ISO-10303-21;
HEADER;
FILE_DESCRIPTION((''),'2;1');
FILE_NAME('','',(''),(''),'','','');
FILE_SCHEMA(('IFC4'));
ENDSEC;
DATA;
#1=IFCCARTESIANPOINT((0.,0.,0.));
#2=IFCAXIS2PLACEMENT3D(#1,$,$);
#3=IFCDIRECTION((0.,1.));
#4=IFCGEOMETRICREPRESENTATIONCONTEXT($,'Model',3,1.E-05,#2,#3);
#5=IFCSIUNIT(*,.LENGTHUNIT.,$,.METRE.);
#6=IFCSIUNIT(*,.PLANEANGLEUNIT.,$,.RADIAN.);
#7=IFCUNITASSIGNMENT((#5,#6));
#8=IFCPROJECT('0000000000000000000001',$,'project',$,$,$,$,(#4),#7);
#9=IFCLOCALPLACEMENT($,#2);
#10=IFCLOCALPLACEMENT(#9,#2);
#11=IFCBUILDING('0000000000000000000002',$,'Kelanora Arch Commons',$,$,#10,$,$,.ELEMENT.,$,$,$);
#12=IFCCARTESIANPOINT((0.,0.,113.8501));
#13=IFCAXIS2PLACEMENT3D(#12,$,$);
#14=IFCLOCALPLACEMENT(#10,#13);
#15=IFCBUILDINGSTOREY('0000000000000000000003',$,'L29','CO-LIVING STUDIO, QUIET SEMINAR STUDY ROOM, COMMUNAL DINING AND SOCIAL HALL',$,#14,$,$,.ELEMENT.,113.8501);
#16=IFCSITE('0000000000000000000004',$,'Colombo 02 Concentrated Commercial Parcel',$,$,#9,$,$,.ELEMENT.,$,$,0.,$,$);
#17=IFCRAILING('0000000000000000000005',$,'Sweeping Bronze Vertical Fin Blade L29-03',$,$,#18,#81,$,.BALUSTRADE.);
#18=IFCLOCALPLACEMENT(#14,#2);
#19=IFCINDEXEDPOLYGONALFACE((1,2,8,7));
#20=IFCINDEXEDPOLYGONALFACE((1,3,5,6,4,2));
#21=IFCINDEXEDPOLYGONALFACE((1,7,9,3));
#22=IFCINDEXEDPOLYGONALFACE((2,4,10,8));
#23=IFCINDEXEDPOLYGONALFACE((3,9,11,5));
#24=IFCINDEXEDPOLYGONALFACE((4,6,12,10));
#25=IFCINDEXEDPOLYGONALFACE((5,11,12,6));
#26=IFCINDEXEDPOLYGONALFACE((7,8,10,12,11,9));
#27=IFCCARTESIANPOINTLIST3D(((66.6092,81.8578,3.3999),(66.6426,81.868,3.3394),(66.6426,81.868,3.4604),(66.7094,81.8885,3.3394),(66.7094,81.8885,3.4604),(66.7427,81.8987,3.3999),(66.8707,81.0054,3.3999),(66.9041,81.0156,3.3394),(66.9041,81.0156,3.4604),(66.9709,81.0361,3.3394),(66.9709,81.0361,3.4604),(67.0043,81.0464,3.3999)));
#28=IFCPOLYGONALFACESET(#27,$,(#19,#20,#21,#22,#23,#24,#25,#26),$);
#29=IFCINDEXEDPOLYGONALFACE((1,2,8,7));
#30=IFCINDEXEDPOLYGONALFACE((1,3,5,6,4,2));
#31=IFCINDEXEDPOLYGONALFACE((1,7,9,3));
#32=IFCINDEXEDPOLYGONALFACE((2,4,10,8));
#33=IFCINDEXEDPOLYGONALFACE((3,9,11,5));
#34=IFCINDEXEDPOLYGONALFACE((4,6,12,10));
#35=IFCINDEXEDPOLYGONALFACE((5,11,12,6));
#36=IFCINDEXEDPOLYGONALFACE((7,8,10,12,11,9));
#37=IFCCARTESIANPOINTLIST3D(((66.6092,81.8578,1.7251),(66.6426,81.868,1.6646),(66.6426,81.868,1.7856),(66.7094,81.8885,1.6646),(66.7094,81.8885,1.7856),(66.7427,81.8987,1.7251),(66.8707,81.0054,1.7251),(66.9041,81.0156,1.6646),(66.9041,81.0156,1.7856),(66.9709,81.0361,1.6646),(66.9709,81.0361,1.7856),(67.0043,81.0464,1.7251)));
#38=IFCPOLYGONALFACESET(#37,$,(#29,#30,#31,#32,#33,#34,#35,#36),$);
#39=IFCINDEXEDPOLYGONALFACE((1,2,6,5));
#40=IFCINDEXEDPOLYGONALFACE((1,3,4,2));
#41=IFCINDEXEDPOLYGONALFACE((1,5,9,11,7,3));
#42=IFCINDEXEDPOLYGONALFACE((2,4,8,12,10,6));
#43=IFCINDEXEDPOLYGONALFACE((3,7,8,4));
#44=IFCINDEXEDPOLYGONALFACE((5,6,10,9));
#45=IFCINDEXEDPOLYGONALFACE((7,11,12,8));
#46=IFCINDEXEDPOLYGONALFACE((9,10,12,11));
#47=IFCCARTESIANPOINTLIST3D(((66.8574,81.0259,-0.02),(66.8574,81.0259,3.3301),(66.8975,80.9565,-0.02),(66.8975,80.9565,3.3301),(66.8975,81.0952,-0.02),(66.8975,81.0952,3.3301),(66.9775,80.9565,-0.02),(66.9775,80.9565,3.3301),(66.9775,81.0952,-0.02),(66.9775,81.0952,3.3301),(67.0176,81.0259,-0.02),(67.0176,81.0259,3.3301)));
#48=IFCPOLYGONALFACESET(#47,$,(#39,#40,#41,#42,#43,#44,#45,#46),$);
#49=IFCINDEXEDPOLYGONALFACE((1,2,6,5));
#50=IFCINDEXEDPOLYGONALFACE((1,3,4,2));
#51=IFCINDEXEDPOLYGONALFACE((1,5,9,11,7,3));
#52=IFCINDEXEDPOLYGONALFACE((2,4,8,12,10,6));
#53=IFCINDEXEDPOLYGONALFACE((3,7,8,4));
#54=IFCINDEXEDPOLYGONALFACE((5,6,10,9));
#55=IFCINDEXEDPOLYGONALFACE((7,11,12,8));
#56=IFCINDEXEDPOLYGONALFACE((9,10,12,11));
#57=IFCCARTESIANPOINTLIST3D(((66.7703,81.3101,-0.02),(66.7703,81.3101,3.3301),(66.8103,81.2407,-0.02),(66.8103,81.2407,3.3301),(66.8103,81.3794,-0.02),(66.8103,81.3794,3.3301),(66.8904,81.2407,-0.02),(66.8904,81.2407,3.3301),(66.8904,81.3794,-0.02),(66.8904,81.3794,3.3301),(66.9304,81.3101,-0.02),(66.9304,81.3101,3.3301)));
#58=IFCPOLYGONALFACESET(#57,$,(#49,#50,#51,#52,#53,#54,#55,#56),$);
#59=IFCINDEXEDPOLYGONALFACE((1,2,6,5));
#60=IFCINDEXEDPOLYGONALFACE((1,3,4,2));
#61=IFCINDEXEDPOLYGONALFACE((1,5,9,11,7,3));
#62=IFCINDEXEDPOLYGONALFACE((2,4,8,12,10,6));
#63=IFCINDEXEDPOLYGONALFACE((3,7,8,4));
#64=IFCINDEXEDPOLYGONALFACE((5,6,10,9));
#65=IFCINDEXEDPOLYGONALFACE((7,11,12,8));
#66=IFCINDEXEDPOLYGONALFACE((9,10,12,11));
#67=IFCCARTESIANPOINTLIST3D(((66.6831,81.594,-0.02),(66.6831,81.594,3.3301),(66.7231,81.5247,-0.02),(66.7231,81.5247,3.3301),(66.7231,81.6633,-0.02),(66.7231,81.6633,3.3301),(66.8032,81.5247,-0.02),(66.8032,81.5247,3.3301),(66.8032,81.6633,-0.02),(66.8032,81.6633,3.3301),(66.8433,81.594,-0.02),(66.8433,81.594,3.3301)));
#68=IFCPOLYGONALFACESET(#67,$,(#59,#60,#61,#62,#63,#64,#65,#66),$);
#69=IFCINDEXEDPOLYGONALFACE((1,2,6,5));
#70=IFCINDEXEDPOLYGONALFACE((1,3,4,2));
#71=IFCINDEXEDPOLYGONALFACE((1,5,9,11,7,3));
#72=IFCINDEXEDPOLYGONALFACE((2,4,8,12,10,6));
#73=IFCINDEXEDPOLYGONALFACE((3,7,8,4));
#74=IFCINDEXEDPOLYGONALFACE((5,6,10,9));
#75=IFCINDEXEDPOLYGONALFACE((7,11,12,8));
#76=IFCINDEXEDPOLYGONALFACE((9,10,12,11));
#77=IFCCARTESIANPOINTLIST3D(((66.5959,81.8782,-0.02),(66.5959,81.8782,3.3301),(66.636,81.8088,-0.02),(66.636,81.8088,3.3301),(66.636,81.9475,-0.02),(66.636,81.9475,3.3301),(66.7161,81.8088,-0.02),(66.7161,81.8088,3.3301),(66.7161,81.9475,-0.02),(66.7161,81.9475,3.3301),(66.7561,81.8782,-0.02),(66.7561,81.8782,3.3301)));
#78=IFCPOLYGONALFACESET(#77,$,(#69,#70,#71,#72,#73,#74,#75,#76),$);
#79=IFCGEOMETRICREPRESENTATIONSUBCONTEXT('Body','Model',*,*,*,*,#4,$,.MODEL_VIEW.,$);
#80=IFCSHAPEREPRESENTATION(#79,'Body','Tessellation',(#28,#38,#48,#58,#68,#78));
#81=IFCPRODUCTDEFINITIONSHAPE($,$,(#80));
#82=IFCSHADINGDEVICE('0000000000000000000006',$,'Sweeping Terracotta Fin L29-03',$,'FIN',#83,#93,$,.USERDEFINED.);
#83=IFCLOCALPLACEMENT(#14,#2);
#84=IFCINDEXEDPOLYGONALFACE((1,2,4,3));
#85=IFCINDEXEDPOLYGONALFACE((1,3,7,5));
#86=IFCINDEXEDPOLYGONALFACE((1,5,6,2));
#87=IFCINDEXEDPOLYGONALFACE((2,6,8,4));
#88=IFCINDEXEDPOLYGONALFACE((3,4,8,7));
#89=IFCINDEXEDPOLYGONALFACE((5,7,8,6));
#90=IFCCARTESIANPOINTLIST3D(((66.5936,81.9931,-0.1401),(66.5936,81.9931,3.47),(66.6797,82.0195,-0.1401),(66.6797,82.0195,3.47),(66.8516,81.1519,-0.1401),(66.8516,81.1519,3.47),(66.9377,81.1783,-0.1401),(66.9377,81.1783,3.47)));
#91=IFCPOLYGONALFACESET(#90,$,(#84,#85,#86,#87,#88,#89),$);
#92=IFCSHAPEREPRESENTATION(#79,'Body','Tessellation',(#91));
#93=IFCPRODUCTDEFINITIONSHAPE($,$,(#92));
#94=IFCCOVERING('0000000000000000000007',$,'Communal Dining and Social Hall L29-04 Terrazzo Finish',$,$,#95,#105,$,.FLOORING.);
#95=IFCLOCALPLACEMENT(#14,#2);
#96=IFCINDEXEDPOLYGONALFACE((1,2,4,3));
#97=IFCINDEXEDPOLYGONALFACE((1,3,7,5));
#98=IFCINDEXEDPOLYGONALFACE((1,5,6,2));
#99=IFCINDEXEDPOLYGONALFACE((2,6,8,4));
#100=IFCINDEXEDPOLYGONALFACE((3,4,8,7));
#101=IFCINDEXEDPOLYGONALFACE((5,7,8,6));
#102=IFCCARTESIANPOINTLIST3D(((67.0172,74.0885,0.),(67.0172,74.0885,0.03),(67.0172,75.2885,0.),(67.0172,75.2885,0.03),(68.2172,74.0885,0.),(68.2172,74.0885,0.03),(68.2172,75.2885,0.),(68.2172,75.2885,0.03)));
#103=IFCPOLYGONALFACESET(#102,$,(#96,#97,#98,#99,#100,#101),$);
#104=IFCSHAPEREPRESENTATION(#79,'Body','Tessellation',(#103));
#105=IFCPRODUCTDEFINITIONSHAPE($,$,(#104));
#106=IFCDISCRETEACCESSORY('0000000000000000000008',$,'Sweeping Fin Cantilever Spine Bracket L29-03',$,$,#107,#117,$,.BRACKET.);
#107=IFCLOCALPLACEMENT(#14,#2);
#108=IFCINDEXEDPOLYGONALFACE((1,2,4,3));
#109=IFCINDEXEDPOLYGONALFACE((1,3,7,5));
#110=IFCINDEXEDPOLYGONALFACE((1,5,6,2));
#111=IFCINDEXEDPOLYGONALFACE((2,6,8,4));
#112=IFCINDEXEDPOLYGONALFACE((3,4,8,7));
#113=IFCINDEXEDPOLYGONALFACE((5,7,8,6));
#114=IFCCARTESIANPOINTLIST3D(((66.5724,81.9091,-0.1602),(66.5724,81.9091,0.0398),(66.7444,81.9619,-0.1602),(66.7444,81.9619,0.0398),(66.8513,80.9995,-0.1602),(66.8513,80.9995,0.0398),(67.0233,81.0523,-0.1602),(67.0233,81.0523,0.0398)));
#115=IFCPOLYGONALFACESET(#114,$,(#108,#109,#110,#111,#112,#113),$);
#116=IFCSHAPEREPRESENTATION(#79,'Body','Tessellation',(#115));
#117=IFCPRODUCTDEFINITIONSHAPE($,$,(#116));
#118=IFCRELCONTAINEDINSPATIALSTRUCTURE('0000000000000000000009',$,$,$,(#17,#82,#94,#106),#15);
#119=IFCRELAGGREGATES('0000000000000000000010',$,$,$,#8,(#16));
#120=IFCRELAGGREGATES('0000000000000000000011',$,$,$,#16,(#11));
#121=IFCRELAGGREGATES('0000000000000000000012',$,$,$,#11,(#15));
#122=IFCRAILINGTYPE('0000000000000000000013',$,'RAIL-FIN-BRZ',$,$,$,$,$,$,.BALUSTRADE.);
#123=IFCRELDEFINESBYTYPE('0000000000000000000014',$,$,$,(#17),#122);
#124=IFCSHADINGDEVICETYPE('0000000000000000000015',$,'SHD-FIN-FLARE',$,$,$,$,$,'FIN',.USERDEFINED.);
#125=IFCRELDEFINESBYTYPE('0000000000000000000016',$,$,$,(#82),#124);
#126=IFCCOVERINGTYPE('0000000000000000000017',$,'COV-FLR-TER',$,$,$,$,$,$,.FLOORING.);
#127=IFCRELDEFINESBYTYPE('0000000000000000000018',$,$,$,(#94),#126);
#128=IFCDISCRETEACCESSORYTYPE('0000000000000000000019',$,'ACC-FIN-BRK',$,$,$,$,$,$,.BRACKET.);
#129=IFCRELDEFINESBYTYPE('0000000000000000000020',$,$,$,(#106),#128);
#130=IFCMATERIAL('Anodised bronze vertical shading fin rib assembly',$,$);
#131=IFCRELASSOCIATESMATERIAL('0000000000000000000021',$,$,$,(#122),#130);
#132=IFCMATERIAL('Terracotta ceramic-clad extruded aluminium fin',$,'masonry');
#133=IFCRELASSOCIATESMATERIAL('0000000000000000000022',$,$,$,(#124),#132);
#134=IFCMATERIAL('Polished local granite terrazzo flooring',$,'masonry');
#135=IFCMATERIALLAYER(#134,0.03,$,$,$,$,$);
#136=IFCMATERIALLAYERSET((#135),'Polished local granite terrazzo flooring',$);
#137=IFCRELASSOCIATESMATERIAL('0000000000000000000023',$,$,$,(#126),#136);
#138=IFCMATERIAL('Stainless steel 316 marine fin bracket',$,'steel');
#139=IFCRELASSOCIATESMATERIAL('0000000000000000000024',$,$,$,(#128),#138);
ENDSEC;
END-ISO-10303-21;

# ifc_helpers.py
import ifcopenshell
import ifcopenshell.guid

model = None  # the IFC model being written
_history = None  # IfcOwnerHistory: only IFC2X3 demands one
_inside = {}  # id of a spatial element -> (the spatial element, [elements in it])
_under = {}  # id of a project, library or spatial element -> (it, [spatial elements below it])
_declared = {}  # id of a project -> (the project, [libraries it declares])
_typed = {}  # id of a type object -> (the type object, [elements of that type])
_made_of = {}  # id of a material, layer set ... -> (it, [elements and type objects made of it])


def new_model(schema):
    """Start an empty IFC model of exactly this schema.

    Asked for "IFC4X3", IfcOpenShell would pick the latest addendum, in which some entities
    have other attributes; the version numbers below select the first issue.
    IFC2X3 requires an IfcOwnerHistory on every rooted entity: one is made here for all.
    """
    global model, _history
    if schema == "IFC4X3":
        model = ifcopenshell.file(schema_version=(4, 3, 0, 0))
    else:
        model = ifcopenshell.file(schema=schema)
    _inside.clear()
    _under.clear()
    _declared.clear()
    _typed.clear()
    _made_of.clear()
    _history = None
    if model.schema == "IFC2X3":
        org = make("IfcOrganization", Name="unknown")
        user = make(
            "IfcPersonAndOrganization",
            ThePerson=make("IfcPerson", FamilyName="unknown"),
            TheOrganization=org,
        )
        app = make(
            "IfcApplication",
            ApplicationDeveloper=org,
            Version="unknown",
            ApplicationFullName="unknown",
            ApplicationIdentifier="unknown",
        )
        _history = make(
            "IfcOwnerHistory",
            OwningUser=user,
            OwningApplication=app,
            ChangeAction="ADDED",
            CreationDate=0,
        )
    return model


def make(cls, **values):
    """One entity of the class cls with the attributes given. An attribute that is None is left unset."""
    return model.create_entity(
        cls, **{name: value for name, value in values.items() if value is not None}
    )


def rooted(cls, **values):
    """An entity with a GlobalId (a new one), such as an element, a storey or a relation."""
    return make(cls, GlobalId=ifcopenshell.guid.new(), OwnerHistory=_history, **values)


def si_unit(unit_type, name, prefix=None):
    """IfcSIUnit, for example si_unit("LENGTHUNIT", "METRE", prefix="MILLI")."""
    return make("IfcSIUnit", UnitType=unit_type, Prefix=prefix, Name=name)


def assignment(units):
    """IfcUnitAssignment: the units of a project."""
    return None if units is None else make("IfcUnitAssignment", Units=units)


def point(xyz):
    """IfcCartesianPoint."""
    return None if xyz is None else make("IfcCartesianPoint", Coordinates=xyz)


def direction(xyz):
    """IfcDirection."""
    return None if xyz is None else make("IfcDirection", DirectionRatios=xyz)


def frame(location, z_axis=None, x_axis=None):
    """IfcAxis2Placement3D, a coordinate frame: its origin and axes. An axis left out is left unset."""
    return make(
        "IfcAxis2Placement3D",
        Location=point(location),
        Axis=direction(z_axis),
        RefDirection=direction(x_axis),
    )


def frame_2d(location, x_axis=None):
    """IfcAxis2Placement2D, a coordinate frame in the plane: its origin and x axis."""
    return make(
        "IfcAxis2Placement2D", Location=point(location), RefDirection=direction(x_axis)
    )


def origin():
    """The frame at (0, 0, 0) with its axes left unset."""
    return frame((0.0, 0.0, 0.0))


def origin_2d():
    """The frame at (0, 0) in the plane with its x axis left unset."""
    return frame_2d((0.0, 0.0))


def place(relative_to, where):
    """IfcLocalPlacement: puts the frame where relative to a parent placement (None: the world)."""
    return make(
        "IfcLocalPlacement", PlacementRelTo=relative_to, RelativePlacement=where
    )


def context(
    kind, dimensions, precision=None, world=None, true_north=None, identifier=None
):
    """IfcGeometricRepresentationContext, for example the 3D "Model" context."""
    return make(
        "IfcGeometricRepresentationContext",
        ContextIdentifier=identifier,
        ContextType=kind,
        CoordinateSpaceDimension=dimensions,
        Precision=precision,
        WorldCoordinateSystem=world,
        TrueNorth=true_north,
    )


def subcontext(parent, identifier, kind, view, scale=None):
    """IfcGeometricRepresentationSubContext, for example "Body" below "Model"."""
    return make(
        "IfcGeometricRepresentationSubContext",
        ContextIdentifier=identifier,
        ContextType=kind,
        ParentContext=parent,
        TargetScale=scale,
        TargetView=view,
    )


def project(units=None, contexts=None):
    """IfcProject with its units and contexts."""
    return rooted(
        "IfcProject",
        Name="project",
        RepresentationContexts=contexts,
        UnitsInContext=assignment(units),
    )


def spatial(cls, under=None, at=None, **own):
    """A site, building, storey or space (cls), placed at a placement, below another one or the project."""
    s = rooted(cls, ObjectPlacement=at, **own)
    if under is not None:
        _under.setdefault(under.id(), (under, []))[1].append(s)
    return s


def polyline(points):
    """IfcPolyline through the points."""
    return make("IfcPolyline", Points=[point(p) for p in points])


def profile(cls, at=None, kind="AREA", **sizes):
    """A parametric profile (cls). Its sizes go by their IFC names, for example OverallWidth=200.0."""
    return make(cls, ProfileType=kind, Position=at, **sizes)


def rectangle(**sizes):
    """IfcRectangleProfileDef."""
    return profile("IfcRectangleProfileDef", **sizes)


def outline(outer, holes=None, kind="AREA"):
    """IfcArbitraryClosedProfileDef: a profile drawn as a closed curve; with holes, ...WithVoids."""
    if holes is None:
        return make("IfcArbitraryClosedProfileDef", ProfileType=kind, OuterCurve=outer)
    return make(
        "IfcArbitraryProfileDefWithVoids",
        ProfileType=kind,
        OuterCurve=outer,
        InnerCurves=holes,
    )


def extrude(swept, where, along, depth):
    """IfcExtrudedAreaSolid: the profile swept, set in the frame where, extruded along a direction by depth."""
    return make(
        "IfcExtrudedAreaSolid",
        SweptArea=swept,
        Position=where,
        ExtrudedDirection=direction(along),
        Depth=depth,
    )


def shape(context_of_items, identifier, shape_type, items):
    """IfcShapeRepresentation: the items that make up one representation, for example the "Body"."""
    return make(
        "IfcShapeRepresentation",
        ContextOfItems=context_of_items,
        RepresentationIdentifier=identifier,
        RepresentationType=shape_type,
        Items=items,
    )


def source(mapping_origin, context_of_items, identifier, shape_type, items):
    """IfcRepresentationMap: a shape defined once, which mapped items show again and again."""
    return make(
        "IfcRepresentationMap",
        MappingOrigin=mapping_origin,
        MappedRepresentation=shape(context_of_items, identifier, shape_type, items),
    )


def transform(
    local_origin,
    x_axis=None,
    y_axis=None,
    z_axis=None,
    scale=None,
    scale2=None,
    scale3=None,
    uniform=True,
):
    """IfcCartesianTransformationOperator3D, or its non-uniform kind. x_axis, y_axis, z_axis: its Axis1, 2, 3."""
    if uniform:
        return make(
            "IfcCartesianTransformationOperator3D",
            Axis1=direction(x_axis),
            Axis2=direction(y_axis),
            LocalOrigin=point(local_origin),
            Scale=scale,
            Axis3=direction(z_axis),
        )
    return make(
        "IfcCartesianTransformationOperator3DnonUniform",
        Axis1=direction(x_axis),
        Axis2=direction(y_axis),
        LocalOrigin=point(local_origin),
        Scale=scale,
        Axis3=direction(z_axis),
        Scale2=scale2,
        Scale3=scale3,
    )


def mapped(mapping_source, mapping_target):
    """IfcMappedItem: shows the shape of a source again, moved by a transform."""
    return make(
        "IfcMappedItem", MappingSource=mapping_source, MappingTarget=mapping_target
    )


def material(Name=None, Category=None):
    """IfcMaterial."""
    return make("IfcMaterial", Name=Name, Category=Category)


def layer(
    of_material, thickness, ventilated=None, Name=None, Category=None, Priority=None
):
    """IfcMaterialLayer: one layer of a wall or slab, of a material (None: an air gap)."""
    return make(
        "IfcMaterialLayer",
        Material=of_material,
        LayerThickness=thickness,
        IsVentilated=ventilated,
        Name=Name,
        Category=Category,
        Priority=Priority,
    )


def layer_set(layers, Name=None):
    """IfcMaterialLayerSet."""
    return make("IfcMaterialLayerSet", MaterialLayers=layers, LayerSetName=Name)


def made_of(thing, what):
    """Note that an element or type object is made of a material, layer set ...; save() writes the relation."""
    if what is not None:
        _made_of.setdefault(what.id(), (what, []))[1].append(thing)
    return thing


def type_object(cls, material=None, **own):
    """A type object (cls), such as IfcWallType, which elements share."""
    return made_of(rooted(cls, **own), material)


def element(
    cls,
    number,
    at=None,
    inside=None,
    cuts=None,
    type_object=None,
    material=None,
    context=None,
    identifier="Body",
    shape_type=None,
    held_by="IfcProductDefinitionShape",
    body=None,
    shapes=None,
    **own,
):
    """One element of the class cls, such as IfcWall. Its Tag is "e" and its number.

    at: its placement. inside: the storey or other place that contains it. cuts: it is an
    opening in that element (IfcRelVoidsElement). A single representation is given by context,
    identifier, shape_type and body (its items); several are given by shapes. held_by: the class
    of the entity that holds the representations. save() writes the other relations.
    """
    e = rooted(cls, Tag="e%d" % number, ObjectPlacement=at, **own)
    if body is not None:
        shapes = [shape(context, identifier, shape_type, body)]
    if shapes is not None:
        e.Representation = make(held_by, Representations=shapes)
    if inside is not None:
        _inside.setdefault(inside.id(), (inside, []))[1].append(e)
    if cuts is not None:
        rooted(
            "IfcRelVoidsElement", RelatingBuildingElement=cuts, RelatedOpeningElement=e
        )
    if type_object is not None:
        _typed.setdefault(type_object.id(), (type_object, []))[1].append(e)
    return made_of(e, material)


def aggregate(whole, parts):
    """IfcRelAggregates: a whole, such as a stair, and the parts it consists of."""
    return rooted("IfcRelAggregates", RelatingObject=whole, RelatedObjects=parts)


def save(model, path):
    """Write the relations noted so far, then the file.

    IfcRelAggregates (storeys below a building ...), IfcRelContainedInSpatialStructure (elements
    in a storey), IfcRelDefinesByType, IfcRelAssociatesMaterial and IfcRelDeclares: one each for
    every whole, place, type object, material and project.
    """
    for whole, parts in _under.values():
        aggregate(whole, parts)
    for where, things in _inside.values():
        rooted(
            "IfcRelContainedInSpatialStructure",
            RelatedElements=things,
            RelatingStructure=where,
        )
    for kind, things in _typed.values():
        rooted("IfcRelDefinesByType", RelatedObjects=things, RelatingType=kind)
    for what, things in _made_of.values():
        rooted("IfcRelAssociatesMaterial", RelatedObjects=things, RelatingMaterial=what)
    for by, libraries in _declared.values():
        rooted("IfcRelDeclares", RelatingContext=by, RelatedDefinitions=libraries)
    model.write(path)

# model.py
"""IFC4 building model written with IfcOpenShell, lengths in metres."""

from ifc_helpers import new_model, si_unit, direction, frame, origin, origin_2d, place, context, subcontext, project, spatial, polyline, rectangle, outline, extrude, source, transform, mapped, material, layer, layer_set, type_object, element, save


model = new_model("IFC4")

# Units and contexts
model_context = context("Model", 3, precision=1e-05, world=origin(), true_north=direction((0.0, 1.0)))
body_context = subcontext(model_context, "Body", "Model", "MODEL_VIEW")
ifc_project = project(units=[si_unit("LENGTHUNIT", "METRE"), si_unit("PLANEANGLEUNIT", "RADIAN")], contexts=[model_context])

# Site, building, storey
site_placement = place(None, origin())
site = spatial("IfcSite", under=ifc_project, at=site_placement, Name="Colombo 02 Concentrated Commercial Parcel", CompositionType="ELEMENT", RefElevation=0.0)
building_placement = place(site_placement, origin())
building = spatial("IfcBuilding", under=site, at=building_placement, Name="Kelanora Arch Commons", CompositionType="ELEMENT")
storey_placement = place(building_placement, frame((0.0, 0.0, 113.8501)))
storey = spatial("IfcBuildingStorey", under=building, at=storey_placement, Name="L29", Description="CO-LIVING STUDIO, QUIET SEMINAR STUDY ROOM, COMMUNAL DINING AND SOCIAL HALL", CompositionType="ELEMENT", Elevation=113.8501)

# Railing
ifc_material_1 = material(Name="Anodised bronze vertical shading fin rib assembly")
railing_type = type_object("IfcRailingType", Name="RAIL-FIN-BRZ", PredefinedType="BALUSTRADE", material=ifc_material_1)
railing_placement = place(storey_placement, frame((66.9375, 81.0259, -0.02)))
element("IfcRailing", 1, at=railing_placement, inside=storey, type_object=railing_type, Name="Sweeping Bronze Vertical Fin Blade L29-03", PredefinedType="BALUSTRADE", context=body_context, shape_type="SweptSolid", body=[
    extrude(outline(polyline([(0.0698, 0.0), (0.0349, 0.0605), (-0.0349, 0.0605), (-0.0698, 0.0), (-0.0349, -0.0605), (0.0349, -0.0605), (0.0698, 0.0)])), frame((0.0, 0.0, 3.4199), z_axis=(-0.293297, 0.956021, 0.0), x_axis=(-0.956021, -0.293297, 0.0)), (0.0, 0.0, 1.0), 0.8916),
    extrude(outline(polyline([(0.0698, 0.0), (0.0349, 0.0605), (-0.0349, 0.0605), (-0.0698, 0.0), (-0.0349, -0.0605), (0.0349, -0.0605), (0.0698, 0.0)])), frame((0.0, 0.0, 1.7451), z_axis=(-0.293297, 0.956021, 0.0), x_axis=(-0.956021, -0.293297, 0.0)), (0.0, 0.0, 1.0), 0.8916),
    extrude(outline(polyline([(0.0801, 0.0), (0.04, 0.0693), (-0.04, 0.0693), (-0.0801, 0.0), (-0.04, -0.0693), (0.04, -0.0693), (0.0801, 0.0)])), origin(), (0.0, 0.0, 1.0), 3.3501),
    extrude(outline(polyline([(0.0801, 0.0), (0.04, 0.0693), (-0.04, 0.0693), (-0.0801, 0.0), (-0.04, -0.0693), (0.04, -0.0693), (0.0801, 0.0)])), frame((-0.0872, 0.2842, 0.0)), (0.0, 0.0, 1.0), 3.3501),
    extrude(outline(polyline([(0.0801, 0.0), (0.04, 0.0693), (-0.04, 0.0693), (-0.0801, 0.0), (-0.04, -0.0693), (0.04, -0.0693), (0.0801, 0.0)])), frame((-0.1743, 0.5681, 0.0)), (0.0, 0.0, 1.0), 3.3501),
    extrude(outline(polyline([(0.0801, 0.0), (0.04, 0.0693), (-0.04, 0.0693), (-0.0801, 0.0), (-0.04, -0.0693), (0.04, -0.0693), (0.0801, 0.0)])), frame((-0.2615, 0.8523, 0.0)), (0.0, 0.0, 1.0), 3.3501),
])

# Shading device
ifc_material_2 = material(Name="Terracotta ceramic-clad extruded aluminium fin", Category="masonry")
shading_device_type = type_object("IfcShadingDeviceType", Name="SHD-FIN-FLARE", ElementType="FIN", PredefinedType="USERDEFINED", material=ifc_material_2)
shared_shape_1 = source(origin(), body_context, "Body", "SweptSolid", [
    extrude(rectangle(XDim=0.8799, YDim=0.0901, at=origin_2d()), origin(), (0.0, 0.0, 1.0), 3.6101),
])
shading_device_placement = place(storey_placement, frame((66.7656, 81.5857, -0.1401), z_axis=(0.0, 0.0, 1.0), x_axis=(-0.293206, 0.956049, 0.0)))
element("IfcShadingDevice", 2, at=shading_device_placement, inside=storey, type_object=shading_device_type, Name="Sweeping Terracotta Fin L29-03", ObjectType="FIN", PredefinedType="USERDEFINED", context=body_context, shape_type="MappedRepresentation", body=[
    mapped(shared_shape_1, transform((0.0, 0.0, 0.0), scale=1.0)),
])

# Covering
ifc_material_3 = material(Name="Polished local granite terrazzo flooring", Category="masonry")
ifc_layer_1 = layer(ifc_material_3, 0.03)
ifc_layer_set_1 = layer_set([ifc_layer_1], Name="Polished local granite terrazzo flooring")
covering_type = type_object("IfcCoveringType", Name="COV-FLR-TER", PredefinedType="FLOORING", material=ifc_layer_set_1)
shared_shape_2 = source(origin(), body_context, "Body", "SweptSolid", [
    extrude(rectangle(XDim=1.2, YDim=1.2, at=origin_2d()), origin(), (0.0, 0.0, 1.0), 0.03),
])
covering_placement = place(storey_placement, frame((67.6172, 74.6885, 0.0), z_axis=(0.0, 0.0, 1.0), x_axis=(1.0, 0.0, 0.0)))
element("IfcCovering", 3, at=covering_placement, inside=storey, type_object=covering_type, Name="Communal Dining and Social Hall L29-04 Terrazzo Finish", PredefinedType="FLOORING", context=body_context, shape_type="MappedRepresentation", body=[
    mapped(shared_shape_2, transform((0.0, 0.0, 0.0), scale=1.0)),
])

# Discrete accessory
ifc_material_4 = material(Name="Stainless steel 316 marine fin bracket", Category="steel")
discrete_accessory_type = type_object("IfcDiscreteAccessoryType", Name="ACC-FIN-BRK", PredefinedType="BRACKET", material=ifc_material_4)
shared_shape_3 = source(origin(), body_context, "Body", "SweptSolid", [
    extrude(rectangle(XDim=0.9514, YDim=0.1799, at=origin_2d()), origin(), (0.0, 0.0, 1.0), 0.2),
])
discrete_accessory_placement = place(storey_placement, frame((66.7979, 81.4807, -0.1602), z_axis=(0.0, 0.0, 1.0), x_axis=(-0.293206, 0.956049, 0.0)))
element("IfcDiscreteAccessory", 4, at=discrete_accessory_placement, inside=storey, type_object=discrete_accessory_type, Name="Sweeping Fin Cantilever Spine Bracket L29-03", PredefinedType="BRACKET", context=body_context, shape_type="MappedRepresentation", body=[
    mapped(shared_shape_3, transform((0.0, 0.0, 0.0), scale=1.0)),
])

save(model, "model.ifc")
